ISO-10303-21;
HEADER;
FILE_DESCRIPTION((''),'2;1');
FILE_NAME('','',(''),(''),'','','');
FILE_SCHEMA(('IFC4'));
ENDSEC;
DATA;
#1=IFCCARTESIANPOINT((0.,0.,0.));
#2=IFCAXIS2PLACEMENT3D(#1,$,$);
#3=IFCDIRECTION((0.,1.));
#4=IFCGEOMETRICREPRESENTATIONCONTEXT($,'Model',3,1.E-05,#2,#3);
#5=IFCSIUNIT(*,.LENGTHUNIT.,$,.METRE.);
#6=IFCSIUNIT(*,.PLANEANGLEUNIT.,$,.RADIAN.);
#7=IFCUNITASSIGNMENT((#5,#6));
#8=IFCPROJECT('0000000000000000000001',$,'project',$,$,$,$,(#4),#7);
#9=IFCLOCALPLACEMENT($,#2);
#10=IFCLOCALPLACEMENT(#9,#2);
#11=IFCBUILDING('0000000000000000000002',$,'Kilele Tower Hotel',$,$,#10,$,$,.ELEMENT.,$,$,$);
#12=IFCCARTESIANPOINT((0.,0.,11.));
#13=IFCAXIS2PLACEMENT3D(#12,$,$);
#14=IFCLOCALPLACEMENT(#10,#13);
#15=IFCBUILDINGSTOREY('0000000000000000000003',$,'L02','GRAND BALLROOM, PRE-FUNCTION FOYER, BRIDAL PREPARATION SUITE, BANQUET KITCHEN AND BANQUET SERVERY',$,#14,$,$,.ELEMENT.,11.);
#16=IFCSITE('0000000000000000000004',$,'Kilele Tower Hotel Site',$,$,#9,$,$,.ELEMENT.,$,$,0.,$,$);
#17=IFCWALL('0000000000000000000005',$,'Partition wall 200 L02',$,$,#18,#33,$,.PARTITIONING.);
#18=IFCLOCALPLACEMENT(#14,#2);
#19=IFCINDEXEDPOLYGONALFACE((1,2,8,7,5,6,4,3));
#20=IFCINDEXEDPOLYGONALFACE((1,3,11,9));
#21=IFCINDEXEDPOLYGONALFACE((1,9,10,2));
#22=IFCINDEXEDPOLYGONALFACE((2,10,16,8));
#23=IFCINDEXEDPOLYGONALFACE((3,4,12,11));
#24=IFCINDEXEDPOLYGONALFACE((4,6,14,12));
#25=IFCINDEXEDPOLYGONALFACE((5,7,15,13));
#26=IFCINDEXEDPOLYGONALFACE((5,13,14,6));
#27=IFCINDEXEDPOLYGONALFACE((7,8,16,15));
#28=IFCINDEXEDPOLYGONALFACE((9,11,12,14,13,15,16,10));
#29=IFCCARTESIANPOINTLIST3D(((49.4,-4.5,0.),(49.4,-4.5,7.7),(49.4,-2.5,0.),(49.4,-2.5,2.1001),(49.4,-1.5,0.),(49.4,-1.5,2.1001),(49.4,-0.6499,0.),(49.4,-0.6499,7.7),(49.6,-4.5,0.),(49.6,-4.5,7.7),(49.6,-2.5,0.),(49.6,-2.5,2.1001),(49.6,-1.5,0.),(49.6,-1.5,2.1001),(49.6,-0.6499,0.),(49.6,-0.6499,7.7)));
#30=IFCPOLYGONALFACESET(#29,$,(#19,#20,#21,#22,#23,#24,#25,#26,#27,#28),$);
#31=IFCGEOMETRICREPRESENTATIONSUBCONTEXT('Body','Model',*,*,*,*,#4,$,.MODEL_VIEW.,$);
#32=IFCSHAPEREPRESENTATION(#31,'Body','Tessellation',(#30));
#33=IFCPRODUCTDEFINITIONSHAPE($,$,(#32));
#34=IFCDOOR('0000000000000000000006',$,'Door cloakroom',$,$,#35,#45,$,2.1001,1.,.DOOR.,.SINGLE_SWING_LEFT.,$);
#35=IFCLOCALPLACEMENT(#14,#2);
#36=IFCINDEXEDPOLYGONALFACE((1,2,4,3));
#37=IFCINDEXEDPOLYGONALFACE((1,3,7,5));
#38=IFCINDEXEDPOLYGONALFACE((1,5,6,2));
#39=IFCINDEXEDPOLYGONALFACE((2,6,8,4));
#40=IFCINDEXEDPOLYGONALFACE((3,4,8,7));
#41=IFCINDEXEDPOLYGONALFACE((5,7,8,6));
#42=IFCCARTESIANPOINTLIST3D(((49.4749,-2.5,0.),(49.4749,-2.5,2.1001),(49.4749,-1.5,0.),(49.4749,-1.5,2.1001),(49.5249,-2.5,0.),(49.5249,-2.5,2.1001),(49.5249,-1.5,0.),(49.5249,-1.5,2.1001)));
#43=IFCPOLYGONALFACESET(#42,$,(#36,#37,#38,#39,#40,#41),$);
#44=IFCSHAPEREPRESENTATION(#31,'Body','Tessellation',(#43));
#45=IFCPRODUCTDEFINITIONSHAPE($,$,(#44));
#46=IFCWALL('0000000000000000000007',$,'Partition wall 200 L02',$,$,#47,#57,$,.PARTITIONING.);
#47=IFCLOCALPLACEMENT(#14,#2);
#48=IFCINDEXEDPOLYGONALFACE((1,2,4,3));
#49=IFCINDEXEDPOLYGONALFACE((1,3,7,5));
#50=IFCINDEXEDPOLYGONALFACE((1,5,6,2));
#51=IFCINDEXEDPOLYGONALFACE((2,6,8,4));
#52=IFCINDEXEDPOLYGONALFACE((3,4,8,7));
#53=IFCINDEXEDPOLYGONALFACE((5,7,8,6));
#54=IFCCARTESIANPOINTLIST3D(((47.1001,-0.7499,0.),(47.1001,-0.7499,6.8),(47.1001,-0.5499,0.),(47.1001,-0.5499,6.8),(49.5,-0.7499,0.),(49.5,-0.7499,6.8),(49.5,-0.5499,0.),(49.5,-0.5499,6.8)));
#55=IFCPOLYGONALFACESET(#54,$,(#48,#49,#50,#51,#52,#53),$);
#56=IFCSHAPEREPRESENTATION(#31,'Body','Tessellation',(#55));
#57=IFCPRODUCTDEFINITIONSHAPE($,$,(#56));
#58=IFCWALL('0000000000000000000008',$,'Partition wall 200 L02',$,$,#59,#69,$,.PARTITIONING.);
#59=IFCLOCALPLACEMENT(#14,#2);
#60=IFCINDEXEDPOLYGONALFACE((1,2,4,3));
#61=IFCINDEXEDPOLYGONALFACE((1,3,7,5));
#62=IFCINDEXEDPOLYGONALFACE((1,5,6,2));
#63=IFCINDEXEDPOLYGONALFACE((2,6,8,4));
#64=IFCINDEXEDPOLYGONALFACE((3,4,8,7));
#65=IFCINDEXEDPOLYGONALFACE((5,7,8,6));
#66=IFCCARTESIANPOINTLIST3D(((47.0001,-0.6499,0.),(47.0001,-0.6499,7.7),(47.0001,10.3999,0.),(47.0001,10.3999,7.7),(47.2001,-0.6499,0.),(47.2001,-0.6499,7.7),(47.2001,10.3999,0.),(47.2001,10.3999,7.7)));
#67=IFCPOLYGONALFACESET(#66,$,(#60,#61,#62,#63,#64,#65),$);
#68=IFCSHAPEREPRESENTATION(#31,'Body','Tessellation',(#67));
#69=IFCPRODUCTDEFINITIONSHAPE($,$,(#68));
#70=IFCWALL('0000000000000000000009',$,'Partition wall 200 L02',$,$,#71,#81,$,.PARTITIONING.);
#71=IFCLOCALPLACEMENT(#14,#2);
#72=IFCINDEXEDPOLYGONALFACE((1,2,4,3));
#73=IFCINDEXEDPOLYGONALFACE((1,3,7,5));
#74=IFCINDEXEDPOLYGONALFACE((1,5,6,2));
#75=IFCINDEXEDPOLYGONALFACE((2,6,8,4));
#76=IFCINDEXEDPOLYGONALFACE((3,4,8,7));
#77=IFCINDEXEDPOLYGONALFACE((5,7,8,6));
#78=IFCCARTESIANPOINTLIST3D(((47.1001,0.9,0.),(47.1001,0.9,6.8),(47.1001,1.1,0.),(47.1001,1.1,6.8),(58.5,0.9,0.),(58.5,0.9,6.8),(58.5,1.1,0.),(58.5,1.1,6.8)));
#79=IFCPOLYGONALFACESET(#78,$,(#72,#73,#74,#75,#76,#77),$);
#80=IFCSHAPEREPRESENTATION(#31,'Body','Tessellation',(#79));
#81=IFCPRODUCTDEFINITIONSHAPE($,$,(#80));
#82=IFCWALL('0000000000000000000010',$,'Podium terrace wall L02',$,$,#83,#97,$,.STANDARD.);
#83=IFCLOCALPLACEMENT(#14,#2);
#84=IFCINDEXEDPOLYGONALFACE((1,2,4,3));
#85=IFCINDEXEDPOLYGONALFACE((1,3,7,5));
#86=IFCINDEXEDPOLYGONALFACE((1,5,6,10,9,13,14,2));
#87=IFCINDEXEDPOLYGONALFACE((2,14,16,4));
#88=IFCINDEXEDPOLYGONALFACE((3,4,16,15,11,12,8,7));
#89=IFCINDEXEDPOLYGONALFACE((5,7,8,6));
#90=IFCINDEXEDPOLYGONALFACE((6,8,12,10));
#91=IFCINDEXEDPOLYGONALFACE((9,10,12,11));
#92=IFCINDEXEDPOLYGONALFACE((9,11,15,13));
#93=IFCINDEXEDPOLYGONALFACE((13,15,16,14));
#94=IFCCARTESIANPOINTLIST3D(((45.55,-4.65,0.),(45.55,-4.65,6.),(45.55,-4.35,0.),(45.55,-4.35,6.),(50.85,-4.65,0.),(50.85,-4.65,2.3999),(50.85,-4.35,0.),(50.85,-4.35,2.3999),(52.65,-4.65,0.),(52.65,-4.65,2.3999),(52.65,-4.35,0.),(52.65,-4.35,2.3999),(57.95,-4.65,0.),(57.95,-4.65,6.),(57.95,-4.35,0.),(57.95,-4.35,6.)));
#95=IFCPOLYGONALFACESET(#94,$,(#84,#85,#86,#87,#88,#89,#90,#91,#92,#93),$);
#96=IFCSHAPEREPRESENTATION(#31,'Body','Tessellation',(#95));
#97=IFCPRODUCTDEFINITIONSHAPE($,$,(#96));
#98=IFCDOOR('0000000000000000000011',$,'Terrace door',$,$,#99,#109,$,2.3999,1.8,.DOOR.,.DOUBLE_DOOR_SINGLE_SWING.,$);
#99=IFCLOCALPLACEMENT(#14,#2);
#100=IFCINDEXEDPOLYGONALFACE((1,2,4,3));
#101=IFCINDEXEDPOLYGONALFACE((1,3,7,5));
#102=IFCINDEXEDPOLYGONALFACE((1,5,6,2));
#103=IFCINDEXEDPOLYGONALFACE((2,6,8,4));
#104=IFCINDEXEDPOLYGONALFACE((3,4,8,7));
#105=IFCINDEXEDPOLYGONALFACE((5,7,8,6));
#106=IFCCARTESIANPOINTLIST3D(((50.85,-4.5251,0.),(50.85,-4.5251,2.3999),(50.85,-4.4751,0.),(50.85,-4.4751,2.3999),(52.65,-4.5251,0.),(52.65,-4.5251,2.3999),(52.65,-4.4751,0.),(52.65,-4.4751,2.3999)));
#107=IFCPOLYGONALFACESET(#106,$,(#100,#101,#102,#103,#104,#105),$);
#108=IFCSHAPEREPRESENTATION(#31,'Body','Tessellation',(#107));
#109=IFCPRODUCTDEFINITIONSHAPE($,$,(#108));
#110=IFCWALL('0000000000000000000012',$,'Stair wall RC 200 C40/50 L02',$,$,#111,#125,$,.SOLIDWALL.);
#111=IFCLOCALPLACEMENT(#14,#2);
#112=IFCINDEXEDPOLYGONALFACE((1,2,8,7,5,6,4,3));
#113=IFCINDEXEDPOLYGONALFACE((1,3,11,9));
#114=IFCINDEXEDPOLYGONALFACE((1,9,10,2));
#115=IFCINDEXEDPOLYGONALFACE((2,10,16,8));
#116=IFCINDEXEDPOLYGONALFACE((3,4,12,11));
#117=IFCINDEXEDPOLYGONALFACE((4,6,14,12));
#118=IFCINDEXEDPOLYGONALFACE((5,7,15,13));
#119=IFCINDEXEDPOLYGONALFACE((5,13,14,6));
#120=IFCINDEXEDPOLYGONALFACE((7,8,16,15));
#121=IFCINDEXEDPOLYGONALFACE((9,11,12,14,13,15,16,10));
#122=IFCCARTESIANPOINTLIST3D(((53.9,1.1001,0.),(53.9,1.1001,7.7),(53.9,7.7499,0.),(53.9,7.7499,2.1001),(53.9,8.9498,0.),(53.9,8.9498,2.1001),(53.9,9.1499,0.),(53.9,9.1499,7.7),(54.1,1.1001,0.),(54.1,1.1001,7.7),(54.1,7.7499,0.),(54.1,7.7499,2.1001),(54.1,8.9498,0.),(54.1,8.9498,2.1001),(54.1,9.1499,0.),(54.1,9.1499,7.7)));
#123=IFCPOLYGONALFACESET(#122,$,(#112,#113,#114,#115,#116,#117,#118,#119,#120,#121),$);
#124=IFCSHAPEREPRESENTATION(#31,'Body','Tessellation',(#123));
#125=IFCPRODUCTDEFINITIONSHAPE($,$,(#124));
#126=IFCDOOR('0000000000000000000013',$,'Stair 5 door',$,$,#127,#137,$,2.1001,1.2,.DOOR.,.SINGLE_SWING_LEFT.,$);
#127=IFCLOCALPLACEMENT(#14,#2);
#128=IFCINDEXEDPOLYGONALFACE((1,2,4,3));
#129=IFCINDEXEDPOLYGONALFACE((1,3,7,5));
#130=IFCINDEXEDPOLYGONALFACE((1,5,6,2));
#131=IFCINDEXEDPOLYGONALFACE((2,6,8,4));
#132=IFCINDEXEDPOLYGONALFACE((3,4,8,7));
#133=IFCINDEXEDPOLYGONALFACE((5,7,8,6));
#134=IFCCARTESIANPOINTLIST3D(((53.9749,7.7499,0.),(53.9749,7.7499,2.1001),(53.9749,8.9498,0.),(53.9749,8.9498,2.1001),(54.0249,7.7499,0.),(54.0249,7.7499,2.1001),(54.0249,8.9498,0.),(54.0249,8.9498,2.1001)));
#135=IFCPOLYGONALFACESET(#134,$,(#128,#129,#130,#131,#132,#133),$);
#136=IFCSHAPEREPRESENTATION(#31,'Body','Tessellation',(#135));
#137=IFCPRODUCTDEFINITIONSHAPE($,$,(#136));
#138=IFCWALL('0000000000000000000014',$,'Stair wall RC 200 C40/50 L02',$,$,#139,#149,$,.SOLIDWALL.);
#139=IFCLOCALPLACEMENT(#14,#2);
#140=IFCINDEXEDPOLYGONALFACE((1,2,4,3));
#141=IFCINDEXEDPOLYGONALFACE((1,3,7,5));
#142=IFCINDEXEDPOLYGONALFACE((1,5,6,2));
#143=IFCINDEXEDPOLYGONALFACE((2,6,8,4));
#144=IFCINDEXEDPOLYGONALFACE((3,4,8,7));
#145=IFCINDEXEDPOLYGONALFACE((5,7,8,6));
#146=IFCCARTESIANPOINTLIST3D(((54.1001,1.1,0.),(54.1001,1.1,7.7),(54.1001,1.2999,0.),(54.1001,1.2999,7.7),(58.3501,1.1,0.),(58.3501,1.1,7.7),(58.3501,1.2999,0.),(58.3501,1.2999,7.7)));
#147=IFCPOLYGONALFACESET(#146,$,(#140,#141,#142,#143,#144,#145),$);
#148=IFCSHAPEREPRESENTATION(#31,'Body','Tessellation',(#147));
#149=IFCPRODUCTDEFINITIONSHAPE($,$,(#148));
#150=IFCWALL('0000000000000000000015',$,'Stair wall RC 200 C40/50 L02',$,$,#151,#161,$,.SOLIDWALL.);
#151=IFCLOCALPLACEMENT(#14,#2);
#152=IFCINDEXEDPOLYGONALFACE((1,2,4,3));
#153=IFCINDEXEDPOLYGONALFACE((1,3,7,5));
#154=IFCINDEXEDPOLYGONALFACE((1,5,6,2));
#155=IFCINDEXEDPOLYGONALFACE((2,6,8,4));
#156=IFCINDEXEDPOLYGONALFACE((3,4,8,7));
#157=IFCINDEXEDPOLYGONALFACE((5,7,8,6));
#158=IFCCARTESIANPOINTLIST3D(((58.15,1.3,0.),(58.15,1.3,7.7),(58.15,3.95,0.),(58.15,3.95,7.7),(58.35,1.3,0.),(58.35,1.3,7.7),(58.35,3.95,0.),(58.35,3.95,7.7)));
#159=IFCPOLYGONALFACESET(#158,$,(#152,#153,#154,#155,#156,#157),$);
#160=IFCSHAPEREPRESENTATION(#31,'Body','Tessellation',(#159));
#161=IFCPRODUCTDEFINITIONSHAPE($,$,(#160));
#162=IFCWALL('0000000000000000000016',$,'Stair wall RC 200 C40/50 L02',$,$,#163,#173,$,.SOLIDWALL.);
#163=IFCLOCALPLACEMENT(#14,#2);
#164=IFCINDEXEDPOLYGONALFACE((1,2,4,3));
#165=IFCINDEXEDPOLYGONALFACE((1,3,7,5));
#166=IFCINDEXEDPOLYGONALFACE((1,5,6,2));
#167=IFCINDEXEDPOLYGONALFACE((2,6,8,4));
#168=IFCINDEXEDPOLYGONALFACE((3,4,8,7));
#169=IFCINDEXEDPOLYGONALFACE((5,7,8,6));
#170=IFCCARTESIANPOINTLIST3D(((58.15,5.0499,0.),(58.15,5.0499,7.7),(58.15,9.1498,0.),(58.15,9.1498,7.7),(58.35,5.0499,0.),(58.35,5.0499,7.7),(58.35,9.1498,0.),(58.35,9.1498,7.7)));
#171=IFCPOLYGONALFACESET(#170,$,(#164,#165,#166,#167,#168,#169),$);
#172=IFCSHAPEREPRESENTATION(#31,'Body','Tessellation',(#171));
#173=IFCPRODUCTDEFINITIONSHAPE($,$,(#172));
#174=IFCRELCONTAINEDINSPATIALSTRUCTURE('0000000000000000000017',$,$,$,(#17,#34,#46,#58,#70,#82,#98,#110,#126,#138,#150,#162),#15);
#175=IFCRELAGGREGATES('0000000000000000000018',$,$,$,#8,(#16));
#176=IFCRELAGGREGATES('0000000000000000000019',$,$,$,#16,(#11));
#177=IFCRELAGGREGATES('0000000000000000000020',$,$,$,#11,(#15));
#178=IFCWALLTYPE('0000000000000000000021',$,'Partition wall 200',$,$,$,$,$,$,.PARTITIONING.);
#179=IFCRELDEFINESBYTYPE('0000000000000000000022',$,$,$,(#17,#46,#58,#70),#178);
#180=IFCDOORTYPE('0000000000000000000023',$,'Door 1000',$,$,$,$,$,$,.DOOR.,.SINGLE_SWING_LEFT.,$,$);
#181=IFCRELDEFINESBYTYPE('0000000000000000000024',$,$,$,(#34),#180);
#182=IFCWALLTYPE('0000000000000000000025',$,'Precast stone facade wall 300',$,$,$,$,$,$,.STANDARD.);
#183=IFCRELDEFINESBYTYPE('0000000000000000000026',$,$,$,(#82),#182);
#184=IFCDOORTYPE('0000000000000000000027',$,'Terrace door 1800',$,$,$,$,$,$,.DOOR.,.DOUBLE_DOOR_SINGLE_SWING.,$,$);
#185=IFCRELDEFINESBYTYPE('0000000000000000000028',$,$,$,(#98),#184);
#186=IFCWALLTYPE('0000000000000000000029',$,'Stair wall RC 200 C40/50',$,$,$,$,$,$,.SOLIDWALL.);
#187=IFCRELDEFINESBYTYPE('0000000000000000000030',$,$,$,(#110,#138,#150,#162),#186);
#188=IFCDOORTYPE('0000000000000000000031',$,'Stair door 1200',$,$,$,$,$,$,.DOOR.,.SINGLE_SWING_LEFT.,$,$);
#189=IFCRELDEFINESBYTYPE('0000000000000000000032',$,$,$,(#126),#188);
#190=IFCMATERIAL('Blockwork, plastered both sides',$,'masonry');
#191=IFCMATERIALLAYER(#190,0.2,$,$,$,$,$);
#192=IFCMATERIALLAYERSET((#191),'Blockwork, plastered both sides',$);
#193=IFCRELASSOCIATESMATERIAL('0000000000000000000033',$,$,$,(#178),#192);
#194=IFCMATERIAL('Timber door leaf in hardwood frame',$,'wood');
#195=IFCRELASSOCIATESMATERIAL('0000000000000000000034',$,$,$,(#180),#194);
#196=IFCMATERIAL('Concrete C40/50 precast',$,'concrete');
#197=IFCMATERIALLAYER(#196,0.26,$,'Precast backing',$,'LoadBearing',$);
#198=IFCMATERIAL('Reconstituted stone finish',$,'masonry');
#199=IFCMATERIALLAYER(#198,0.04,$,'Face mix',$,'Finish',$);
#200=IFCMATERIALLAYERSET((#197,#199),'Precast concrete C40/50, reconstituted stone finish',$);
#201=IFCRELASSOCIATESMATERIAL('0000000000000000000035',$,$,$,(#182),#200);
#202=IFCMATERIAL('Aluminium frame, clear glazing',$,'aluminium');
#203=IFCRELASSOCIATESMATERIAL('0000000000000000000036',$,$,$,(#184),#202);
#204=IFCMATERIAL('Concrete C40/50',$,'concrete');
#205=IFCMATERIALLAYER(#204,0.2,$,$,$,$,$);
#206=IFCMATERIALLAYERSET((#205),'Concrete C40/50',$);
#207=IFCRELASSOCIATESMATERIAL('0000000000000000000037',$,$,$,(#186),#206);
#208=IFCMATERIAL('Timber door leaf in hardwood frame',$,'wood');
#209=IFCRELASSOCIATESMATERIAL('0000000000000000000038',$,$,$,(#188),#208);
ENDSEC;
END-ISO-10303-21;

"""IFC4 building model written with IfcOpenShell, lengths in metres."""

from ifc_helpers import new_model, si_unit, direction, frame, frame_2d, origin, place, context, subcontext, project, spatial, rectangle, extrude, material, layer, layer_set, type_object, element, fill, save


model = new_model("IFC4")

# Units and contexts
model_context = context("Model", 3, precision=1e-05, world=origin(), true_north=direction((0.0, 1.0)))
body_context = subcontext(model_context, "Body", "Model", "MODEL_VIEW")
ifc_project = project(units=[si_unit("LENGTHUNIT", "METRE"), si_unit("PLANEANGLEUNIT", "RADIAN")], contexts=[model_context])

# Site, building, storey
site_placement = place(None, origin())
site = spatial("IfcSite", under=ifc_project, at=site_placement, Name="Kilele Tower Hotel Site", CompositionType="ELEMENT", RefElevation=0.0)
building_placement = place(site_placement, origin())
building = spatial("IfcBuilding", under=site, at=building_placement, Name="Kilele Tower Hotel", CompositionType="ELEMENT")
storey_placement = place(building_placement, frame((0.0, 0.0, 11.0)))
storey = spatial("IfcBuildingStorey", under=building, at=storey_placement, Name="L02", Description="GRAND BALLROOM, PRE-FUNCTION FOYER, BRIDAL PREPARATION SUITE, BANQUET KITCHEN AND BANQUET SERVERY", CompositionType="ELEMENT", Elevation=11.0)

# Wall, opening, door
ifc_material_1 = material(Name="Blockwork, plastered both sides", Category="masonry")
ifc_layer_1 = layer(ifc_material_1, 0.2)
ifc_layer_set_1 = layer_set([ifc_layer_1], Name="Blockwork, plastered both sides")
wall_type_1 = type_object("IfcWallType", Name="Partition wall 200", PredefinedType="PARTITIONING", material=ifc_layer_set_1)
wall_1_placement = place(storey_placement, frame((49.5, -4.5, 0.0), z_axis=(0.0, 0.0, 1.0), x_axis=(0.0, 1.0, 0.0)))
wall_1 = element("IfcWall", 1, at=wall_1_placement, inside=storey, type_object=wall_type_1, Name="Partition wall 200 L02", PredefinedType="PARTITIONING", context=body_context, shape_type="SweptSolid", body=[
    extrude(rectangle(XDim=3.8501, YDim=0.2, at=frame_2d((1.925, 0.0))), origin(), (0.0, 0.0, 1.0), 7.7),
])
opening_1_placement = place(wall_1_placement, frame((3.0, 0.0, 0.0), z_axis=(0.0, 0.0, 1.0), x_axis=(-1.0, 0.0, 0.0)))
opening_1 = element("IfcOpeningElement", 2, at=opening_1_placement, cuts=wall_1, PredefinedType="OPENING", context=body_context, shape_type="SweptSolid", body=[
    extrude(rectangle(XDim=1.0, YDim=2.1001, at=frame_2d((0.5, 1.05))), frame((0.0, 0.1099, 0.0), z_axis=(0.0, -1.0, 0.0), x_axis=(1.0, 0.0, 0.0)), (0.0, 0.0, 1.0), 0.22),
])
ifc_material_2 = material(Name="Timber door leaf in hardwood frame", Category="wood")
door_type_1 = type_object("IfcDoorType", Name="Door 1000", OperationType="SINGLE_SWING_LEFT", PredefinedType="DOOR", material=ifc_material_2)
door_1_placement = place(opening_1_placement, origin())
door_1 = element("IfcDoor", 3, at=door_1_placement, inside=storey, type_object=door_type_1, Name="Door cloakroom", OperationType="SINGLE_SWING_LEFT", OverallHeight=2.1001, OverallWidth=1.0, PredefinedType="DOOR", context=body_context, shape_type="SweptSolid", body=[
    extrude(rectangle(XDim=1.0, YDim=2.1001, at=frame_2d((0.5, 1.05))), frame((0.0, 0.0249, 0.0), z_axis=(0.0, -1.0, 0.0), x_axis=(1.0, 0.0, 0.0)), (0.0, 0.0, 1.0), 0.05),
])
fill(opening_1, door_1)

# Walls
wall_2_placement = place(storey_placement, frame((47.1001, -0.6499, 0.0), z_axis=(0.0, 0.0, 1.0), x_axis=(1.0, 0.0, 0.0)))
element("IfcWall", 4, at=wall_2_placement, inside=storey, type_object=wall_type_1, Name="Partition wall 200 L02", PredefinedType="PARTITIONING", context=body_context, shape_type="SweptSolid", body=[
    extrude(rectangle(XDim=2.3999, YDim=0.2, at=frame_2d((1.2, 0.0))), origin(), (0.0, 0.0, 1.0), 6.8),
])
wall_3_placement = place(storey_placement, frame((47.1001, -0.6499, 0.0), z_axis=(0.0, 0.0, 1.0), x_axis=(0.0, 1.0, 0.0)))
element("IfcWall", 5, at=wall_3_placement, inside=storey, type_object=wall_type_1, Name="Partition wall 200 L02", PredefinedType="PARTITIONING", context=body_context, shape_type="SweptSolid", body=[
    extrude(rectangle(XDim=11.0498, YDim=0.2, at=frame_2d((5.5249, 0.0))), origin(), (0.0, 0.0, 1.0), 7.7),
])
wall_4_placement = place(storey_placement, frame((47.1001, 1.0, 0.0), z_axis=(0.0, 0.0, 1.0), x_axis=(1.0, 0.0, 0.0)))
element("IfcWall", 6, at=wall_4_placement, inside=storey, type_object=wall_type_1, Name="Partition wall 200 L02", PredefinedType="PARTITIONING", context=body_context, shape_type="SweptSolid", body=[
    extrude(rectangle(XDim=11.3999, YDim=0.2, at=frame_2d((5.7, 0.0))), origin(), (0.0, 0.0, 1.0), 6.8),
])

# Walls, openings, doors
ifc_material_3 = material(Name="Concrete C40/50 precast", Category="concrete")
ifc_layer_2 = layer(ifc_material_3, 0.26, Name="Precast backing", Category="LoadBearing")
ifc_material_4 = material(Name="Reconstituted stone finish", Category="masonry")
ifc_layer_3 = layer(ifc_material_4, 0.04, Name="Face mix", Category="Finish")
ifc_layer_set_2 = layer_set([ifc_layer_2, ifc_layer_3], Name="Precast concrete C40/50, reconstituted stone finish")
wall_type_2 = type_object("IfcWallType", Name="Precast stone facade wall 300", PredefinedType="STANDARD", material=ifc_layer_set_2)
wall_5_placement = place(storey_placement, frame((45.55, -4.5, 0.0), z_axis=(0.0, 0.0, 1.0), x_axis=(1.0, 0.0, 0.0)))
wall_5 = element("IfcWall", 7, at=wall_5_placement, inside=storey, type_object=wall_type_2, Name="Podium terrace wall L02", PredefinedType="STANDARD", context=body_context, shape_type="SweptSolid", body=[
    extrude(rectangle(XDim=12.3999, YDim=0.3, at=frame_2d((6.2, 0.0))), origin(), (0.0, 0.0, 1.0), 6.0),
])
opening_2_placement = place(wall_5_placement, frame((5.3, 0.0, 0.0)))
opening_2 = element("IfcOpeningElement", 8, at=opening_2_placement, cuts=wall_5, PredefinedType="OPENING", context=body_context, shape_type="SweptSolid", body=[
    extrude(rectangle(XDim=1.8, YDim=2.3999, at=frame_2d((0.8999, 1.2))), frame((0.0, 0.1599, 0.0), z_axis=(0.0, -1.0, 0.0), x_axis=(1.0, 0.0, 0.0)), (0.0, 0.0, 1.0), 0.3201),
])
ifc_material_5 = material(Name="Aluminium frame, clear glazing", Category="aluminium")
door_type_2 = type_object("IfcDoorType", Name="Terrace door 1800", OperationType="DOUBLE_DOOR_SINGLE_SWING", PredefinedType="DOOR", material=ifc_material_5)
door_2_placement = place(opening_2_placement, origin())
door_2 = element("IfcDoor", 9, at=door_2_placement, inside=storey, type_object=door_type_2, Name="Terrace door", OperationType="DOUBLE_DOOR_SINGLE_SWING", OverallHeight=2.3999, OverallWidth=1.8, PredefinedType="DOOR", context=body_context, shape_type="SweptSolid", body=[
    extrude(rectangle(XDim=1.8, YDim=2.3999, at=frame_2d((0.8999, 1.2))), frame((0.0, 0.0249, 0.0), z_axis=(0.0, -1.0, 0.0), x_axis=(1.0, 0.0, 0.0)), (0.0, 0.0, 1.0), 0.05),
])
fill(opening_2, door_2)
ifc_material_6 = material(Name="Concrete C40/50", Category="concrete")
ifc_layer_4 = layer(ifc_material_6, 0.2)
ifc_layer_set_3 = layer_set([ifc_layer_4], Name="Concrete C40/50")
wall_type_3 = type_object("IfcWallType", Name="Stair wall RC 200 C40/50", PredefinedType="SOLIDWALL", material=ifc_layer_set_3)
wall_6_placement = place(storey_placement, frame((54.0, 1.1001, 0.0), z_axis=(0.0, 0.0, 1.0), x_axis=(0.0, 1.0, 0.0)))
wall_6 = element("IfcWall", 10, at=wall_6_placement, inside=storey, type_object=wall_type_3, Name="Stair wall RC 200 C40/50 L02", PredefinedType="SOLIDWALL", context=body_context, shape_type="SweptSolid", body=[
    extrude(rectangle(XDim=8.0498, YDim=0.2, at=frame_2d((4.0249, 0.0))), origin(), (0.0, 0.0, 1.0), 7.7),
])
opening_3_placement = place(wall_6_placement, frame((7.8499, 0.0, 0.0), z_axis=(0.0, 0.0, 1.0), x_axis=(-1.0, 0.0, 0.0)))
opening_3 = element("IfcOpeningElement", 11, at=opening_3_placement, cuts=wall_6, PredefinedType="OPENING", context=body_context, shape_type="SweptSolid", body=[
    extrude(rectangle(XDim=1.2, YDim=2.1001, at=frame_2d((0.6001, 1.05))), frame((0.0, 0.1099, 0.0), z_axis=(0.0, -1.0, 0.0), x_axis=(1.0, 0.0, 0.0)), (0.0, 0.0, 1.0), 0.22),
])
ifc_material_7 = material(Name="Timber door leaf in hardwood frame", Category="wood")
door_type_3 = type_object("IfcDoorType", Name="Stair door 1200", OperationType="SINGLE_SWING_LEFT", PredefinedType="DOOR", material=ifc_material_7)
door_3_placement = place(opening_3_placement, origin())
door_3 = element("IfcDoor", 12, at=door_3_placement, inside=storey, type_object=door_type_3, Name="Stair 5 door", OperationType="SINGLE_SWING_LEFT", OverallHeight=2.1001, OverallWidth=1.2, PredefinedType="DOOR", context=body_context, shape_type="SweptSolid", body=[
    extrude(rectangle(XDim=1.2, YDim=2.1001, at=frame_2d((0.6001, 1.05))), frame((0.0, 0.0249, 0.0), z_axis=(0.0, -1.0, 0.0), x_axis=(1.0, 0.0, 0.0)), (0.0, 0.0, 1.0), 0.05),
])
fill(opening_3, door_3)

# Walls
wall_7_placement = place(storey_placement, frame((54.1001, 1.2, 0.0), z_axis=(0.0, 0.0, 1.0), x_axis=(1.0, 0.0, 0.0)))
element("IfcWall", 13, at=wall_7_placement, inside=storey, type_object=wall_type_3, Name="Stair wall RC 200 C40/50 L02", PredefinedType="SOLIDWALL", context=body_context, shape_type="SweptSolid", body=[
    extrude(rectangle(XDim=4.25, YDim=0.2, at=frame_2d((2.125, 0.0))), origin(), (0.0, 0.0, 1.0), 7.7),
])
wall_8_placement = place(storey_placement, frame((58.25, 1.3, 0.0), z_axis=(0.0, 0.0, 1.0), x_axis=(0.0, 1.0, 0.0)))
element("IfcWall", 14, at=wall_8_placement, inside=storey, type_object=wall_type_3, Name="Stair wall RC 200 C40/50 L02", PredefinedType="SOLIDWALL", context=body_context, shape_type="SweptSolid", body=[
    extrude(rectangle(XDim=2.6499, YDim=0.2, at=frame_2d((1.325, 0.0))), origin(), (0.0, 0.0, 1.0), 7.7),
])
wall_9_placement = place(storey_placement, frame((58.25, 5.05, 0.0), z_axis=(0.0, 0.0, 1.0), x_axis=(0.0, 1.0, 0.0)))
element("IfcWall", 15, at=wall_9_placement, inside=storey, type_object=wall_type_3, Name="Stair wall RC 200 C40/50 L02", PredefinedType="SOLIDWALL", context=body_context, shape_type="SweptSolid", body=[
    extrude(rectangle(XDim=4.0999, YDim=0.2, at=frame_2d((2.0498, 0.0))), origin(), (0.0, 0.0, 1.0), 7.7),
])

save(model, "model.ifc")
